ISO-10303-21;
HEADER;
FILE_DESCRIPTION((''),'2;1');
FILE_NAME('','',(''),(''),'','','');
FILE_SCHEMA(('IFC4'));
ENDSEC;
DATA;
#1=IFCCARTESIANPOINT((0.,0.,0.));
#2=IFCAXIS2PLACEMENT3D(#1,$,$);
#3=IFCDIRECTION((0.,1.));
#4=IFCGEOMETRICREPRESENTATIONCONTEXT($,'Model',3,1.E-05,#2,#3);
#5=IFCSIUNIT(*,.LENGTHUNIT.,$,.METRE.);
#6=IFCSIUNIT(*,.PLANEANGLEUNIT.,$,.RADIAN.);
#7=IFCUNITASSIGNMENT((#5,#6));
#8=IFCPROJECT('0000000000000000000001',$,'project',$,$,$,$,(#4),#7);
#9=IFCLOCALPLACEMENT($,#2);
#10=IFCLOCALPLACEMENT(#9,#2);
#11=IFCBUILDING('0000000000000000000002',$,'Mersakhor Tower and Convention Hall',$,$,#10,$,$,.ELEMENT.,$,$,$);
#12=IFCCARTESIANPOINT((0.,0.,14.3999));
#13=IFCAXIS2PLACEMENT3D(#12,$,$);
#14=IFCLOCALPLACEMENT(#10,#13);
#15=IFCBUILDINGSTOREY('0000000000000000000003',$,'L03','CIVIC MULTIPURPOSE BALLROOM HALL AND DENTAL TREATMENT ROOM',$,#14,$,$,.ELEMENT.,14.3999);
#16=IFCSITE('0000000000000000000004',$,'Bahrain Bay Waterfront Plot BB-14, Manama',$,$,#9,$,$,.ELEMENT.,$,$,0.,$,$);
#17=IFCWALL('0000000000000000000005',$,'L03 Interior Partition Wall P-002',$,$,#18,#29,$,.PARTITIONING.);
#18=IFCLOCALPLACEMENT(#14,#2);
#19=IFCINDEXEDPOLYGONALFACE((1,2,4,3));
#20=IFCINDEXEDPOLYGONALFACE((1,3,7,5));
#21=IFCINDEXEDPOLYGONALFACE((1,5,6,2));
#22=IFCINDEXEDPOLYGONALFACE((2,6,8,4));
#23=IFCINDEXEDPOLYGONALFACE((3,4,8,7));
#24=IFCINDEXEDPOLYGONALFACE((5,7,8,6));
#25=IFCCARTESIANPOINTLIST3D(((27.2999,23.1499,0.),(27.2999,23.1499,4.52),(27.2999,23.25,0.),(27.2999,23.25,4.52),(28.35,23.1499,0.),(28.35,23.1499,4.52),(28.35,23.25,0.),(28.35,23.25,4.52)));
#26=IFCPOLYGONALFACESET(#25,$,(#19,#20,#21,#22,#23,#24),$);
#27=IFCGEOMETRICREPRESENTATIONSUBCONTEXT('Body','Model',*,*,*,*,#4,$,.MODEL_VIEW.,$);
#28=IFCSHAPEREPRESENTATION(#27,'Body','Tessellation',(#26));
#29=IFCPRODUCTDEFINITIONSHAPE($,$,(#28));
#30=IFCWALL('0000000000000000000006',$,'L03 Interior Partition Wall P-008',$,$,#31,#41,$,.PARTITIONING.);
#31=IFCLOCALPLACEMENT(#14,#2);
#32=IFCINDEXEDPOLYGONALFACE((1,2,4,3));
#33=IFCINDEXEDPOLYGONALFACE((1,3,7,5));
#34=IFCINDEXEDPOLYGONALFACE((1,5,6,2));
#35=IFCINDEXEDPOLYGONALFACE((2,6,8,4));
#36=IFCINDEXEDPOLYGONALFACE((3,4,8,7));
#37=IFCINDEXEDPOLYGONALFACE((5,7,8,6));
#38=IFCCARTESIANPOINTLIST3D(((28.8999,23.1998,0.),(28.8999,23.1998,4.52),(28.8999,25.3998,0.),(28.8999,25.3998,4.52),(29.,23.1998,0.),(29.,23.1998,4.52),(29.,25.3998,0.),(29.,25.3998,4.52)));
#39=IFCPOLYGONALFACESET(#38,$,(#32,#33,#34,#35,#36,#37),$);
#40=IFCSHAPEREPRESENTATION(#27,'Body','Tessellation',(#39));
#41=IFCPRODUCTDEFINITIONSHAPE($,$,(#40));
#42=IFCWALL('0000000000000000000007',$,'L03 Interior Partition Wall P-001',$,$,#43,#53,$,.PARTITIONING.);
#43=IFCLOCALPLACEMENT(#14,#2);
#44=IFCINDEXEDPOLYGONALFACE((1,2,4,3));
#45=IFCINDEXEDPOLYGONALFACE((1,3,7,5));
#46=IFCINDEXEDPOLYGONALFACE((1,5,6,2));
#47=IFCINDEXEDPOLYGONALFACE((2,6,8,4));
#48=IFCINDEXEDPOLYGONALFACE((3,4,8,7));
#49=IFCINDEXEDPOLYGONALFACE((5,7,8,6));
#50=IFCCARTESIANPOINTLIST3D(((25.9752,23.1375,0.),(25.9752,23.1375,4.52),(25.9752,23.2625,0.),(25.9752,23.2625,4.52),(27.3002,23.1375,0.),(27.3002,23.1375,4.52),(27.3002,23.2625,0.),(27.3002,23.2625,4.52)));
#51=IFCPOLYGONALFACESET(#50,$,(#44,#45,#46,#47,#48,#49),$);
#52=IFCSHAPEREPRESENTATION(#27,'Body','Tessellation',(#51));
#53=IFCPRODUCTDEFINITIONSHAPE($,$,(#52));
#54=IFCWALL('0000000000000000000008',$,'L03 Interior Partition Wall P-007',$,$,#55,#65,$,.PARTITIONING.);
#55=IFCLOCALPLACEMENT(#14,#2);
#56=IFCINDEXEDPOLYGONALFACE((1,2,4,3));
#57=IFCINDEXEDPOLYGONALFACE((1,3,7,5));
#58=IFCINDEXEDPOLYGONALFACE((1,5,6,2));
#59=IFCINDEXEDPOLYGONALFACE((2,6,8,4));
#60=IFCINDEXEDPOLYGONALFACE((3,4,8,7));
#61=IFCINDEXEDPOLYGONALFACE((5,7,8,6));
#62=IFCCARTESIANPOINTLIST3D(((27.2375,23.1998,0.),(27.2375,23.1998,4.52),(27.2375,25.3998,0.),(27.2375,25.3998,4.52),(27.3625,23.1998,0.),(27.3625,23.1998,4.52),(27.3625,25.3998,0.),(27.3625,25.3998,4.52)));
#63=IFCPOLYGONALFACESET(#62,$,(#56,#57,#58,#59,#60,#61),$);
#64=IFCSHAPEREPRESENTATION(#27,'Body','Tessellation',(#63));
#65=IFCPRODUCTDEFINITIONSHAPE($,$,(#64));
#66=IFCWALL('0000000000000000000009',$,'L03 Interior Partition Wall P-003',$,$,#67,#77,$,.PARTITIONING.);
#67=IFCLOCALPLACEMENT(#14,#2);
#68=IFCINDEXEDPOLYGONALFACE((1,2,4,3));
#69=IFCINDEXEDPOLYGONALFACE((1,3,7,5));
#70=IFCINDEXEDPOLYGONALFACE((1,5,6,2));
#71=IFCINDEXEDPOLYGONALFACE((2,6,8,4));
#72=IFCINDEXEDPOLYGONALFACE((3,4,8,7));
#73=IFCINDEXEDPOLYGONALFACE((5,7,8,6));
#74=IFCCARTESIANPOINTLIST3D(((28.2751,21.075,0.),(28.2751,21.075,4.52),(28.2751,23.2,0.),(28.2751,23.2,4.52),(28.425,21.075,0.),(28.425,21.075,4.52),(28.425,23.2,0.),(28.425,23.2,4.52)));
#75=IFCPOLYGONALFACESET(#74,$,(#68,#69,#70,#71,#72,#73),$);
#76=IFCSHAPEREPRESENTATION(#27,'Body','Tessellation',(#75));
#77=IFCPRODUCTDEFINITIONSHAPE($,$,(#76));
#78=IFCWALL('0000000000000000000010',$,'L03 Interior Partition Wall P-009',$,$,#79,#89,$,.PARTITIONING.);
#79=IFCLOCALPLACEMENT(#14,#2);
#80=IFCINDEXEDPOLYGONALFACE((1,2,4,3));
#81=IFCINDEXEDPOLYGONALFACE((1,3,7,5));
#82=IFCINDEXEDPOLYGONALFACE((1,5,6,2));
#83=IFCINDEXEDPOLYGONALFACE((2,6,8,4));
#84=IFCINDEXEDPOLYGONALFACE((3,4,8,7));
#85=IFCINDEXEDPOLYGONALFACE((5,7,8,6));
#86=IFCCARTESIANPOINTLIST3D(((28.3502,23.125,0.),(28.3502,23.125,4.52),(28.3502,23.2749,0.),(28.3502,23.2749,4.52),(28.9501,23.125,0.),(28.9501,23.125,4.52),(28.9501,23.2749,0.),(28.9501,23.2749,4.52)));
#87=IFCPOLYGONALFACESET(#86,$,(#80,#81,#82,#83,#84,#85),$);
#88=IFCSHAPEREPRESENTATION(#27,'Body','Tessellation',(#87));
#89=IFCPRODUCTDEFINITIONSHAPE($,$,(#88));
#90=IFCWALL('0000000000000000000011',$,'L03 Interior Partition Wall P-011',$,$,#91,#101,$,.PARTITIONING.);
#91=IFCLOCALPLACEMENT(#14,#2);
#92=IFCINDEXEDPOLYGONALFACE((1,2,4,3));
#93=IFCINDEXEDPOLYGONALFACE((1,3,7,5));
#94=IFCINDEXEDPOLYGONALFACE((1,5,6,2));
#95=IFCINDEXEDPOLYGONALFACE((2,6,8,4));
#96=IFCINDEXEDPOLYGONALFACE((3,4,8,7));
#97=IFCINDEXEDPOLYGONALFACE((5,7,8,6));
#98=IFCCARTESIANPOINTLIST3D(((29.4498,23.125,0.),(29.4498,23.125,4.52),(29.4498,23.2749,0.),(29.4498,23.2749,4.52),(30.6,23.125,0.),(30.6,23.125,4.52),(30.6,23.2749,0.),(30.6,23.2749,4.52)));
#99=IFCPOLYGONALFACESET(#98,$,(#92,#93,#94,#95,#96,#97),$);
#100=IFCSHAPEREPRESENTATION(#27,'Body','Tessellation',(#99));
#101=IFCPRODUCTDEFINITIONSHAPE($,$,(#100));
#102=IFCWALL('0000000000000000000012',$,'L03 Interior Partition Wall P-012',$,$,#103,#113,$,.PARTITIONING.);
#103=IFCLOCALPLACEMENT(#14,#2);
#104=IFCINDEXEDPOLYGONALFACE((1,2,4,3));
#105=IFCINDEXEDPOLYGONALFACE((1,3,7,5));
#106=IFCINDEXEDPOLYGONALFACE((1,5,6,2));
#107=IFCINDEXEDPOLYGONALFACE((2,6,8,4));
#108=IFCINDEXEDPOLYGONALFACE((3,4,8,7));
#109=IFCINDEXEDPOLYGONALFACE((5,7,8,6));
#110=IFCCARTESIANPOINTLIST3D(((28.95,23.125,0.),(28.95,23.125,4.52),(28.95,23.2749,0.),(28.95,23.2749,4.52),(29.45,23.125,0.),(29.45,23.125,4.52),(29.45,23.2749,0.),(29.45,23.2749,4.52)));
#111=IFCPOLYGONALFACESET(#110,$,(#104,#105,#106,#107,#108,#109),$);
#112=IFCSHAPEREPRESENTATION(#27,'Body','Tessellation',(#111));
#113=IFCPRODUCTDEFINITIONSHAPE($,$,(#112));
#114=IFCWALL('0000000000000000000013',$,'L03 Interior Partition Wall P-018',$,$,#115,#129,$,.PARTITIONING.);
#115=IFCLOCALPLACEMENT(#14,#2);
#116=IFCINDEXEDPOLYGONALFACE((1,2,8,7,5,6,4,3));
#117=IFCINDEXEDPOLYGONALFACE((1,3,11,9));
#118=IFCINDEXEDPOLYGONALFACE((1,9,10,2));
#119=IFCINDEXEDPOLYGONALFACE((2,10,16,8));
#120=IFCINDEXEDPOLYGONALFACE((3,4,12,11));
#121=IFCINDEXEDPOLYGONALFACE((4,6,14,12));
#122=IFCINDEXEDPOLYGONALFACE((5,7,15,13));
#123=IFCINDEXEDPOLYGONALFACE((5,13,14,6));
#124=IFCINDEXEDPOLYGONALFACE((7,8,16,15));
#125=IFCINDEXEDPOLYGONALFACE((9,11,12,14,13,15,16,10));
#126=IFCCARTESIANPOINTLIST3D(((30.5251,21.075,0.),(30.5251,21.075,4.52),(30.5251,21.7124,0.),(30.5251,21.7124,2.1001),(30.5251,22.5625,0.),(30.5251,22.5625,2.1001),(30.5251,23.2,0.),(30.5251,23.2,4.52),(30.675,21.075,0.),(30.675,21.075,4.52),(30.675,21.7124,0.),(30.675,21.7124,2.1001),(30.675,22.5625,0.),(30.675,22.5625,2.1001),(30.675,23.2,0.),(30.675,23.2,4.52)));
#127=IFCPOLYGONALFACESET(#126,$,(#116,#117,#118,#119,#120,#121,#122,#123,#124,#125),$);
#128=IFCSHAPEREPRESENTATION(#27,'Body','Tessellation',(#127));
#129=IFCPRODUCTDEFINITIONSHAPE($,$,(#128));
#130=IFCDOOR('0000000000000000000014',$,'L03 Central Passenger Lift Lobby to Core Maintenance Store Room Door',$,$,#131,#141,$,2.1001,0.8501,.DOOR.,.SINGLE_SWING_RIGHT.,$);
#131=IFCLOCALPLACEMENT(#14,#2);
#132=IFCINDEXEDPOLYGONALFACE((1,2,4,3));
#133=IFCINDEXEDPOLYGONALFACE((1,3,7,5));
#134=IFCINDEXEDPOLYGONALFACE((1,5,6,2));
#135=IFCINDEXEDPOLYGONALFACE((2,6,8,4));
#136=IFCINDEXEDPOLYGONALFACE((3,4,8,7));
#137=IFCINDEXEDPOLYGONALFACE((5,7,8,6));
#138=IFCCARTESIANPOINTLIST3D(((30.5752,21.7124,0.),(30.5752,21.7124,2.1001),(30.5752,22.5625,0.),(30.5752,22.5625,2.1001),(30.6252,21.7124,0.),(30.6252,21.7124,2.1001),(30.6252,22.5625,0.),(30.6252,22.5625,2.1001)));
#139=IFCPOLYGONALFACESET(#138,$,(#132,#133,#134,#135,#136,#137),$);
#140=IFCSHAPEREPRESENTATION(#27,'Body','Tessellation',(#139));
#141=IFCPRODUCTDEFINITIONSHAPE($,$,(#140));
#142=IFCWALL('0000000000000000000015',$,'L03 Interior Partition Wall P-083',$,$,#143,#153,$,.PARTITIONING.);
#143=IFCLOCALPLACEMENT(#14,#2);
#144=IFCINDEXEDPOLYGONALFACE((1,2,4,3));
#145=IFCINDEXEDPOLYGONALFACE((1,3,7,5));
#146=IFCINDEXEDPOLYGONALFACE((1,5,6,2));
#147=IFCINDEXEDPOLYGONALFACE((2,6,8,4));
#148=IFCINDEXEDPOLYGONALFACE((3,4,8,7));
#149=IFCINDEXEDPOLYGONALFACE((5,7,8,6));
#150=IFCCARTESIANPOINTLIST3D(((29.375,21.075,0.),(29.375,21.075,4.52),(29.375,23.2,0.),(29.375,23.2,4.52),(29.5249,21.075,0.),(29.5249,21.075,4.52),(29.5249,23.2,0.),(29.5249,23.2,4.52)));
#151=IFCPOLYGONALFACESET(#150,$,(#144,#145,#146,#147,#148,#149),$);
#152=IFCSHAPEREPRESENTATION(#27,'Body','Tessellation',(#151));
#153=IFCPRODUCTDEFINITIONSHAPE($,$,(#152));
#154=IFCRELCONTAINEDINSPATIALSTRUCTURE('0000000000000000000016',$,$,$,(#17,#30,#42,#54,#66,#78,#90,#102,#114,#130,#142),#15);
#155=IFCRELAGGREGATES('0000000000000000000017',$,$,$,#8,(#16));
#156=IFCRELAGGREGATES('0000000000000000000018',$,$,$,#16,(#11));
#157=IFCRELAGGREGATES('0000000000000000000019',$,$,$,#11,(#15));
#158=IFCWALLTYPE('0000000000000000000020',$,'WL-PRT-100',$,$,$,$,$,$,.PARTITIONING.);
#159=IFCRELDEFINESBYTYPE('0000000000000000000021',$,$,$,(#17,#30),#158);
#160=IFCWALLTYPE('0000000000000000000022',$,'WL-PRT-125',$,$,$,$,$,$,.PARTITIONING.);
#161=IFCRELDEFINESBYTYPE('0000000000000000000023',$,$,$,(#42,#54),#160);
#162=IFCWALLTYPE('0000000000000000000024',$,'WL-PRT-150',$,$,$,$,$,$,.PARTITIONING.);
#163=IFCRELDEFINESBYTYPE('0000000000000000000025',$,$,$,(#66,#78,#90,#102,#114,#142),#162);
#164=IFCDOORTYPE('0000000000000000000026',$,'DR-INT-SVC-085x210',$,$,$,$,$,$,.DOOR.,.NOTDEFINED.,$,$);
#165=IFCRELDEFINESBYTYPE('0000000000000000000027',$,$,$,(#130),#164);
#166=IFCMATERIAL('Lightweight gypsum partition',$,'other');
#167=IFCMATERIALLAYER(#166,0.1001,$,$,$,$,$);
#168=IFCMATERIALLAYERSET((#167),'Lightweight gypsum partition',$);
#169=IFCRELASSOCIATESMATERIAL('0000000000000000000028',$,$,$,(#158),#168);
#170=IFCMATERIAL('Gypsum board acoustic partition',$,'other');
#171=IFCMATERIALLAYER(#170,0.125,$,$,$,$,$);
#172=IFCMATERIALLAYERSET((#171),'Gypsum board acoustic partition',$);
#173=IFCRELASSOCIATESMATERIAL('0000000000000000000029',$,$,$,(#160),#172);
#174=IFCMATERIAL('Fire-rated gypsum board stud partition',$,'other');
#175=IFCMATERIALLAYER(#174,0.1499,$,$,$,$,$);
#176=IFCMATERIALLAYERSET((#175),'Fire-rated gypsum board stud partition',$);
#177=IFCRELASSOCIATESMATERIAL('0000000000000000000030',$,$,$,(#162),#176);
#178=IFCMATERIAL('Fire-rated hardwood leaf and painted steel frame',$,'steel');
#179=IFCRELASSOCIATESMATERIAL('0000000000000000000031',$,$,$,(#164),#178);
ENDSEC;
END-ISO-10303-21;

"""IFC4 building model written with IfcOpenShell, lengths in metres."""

from ifc_helpers import new_model, si_unit, direction, frame, frame_2d, origin, place, context, subcontext, project, spatial, rectangle, extrude, material, layer, layer_set, type_object, element, fill, save


model = new_model("IFC4")

# Units and contexts
model_context = context("Model", 3, precision=1e-05, world=origin(), true_north=direction((0.0, 1.0)))
body_context = subcontext(model_context, "Body", "Model", "MODEL_VIEW")
ifc_project = project(units=[si_unit("LENGTHUNIT", "METRE"), si_unit("PLANEANGLEUNIT", "RADIAN")], contexts=[model_context])

# Site, building, storey
site_placement = place(None, origin())
site = spatial("IfcSite", under=ifc_project, at=site_placement, Name="Bahrain Bay Waterfront Plot BB-14, Manama", CompositionType="ELEMENT", RefElevation=0.0)
building_placement = place(site_placement, origin())
building = spatial("IfcBuilding", under=site, at=building_placement, Name="Mersakhor Tower and Convention Hall", CompositionType="ELEMENT")
storey_placement = place(building_placement, frame((0.0, 0.0, 14.3999)))
storey = spatial("IfcBuildingStorey", under=building, at=storey_placement, Name="L03", Description="CIVIC MULTIPURPOSE BALLROOM HALL AND DENTAL TREATMENT ROOM", CompositionType="ELEMENT", Elevation=14.3999)

# Walls
ifc_material_1 = material(Name="Lightweight gypsum partition", Category="other")
ifc_layer_1 = layer(ifc_material_1, 0.1001)
ifc_layer_set_1 = layer_set([ifc_layer_1], Name="Lightweight gypsum partition")
wall_type_1 = type_object("IfcWallType", Name="WL-PRT-100", PredefinedType="PARTITIONING", material=ifc_layer_set_1)
wall_1_placement = place(storey_placement, frame((27.3, 23.2, 0.0), z_axis=(0.0, 0.0, 1.0), x_axis=(1.0, 0.0, 0.0)))
element("IfcWall", 1, at=wall_1_placement, inside=storey, type_object=wall_type_1, Name="L03 Interior Partition Wall P-002", PredefinedType="PARTITIONING", context=body_context, shape_type="SweptSolid", body=[
    extrude(rectangle(XDim=1.05, YDim=0.1001, at=frame_2d((0.5249, 0.0))), origin(), (0.0, 0.0, 1.0), 4.52),
])
wall_2_placement = place(storey_placement, frame((28.95, 25.3999, 0.0), z_axis=(0.0, 0.0, 1.0), x_axis=(0.0, -1.0, 0.0)))
element("IfcWall", 2, at=wall_2_placement, inside=storey, type_object=wall_type_1, Name="L03 Interior Partition Wall P-008", PredefinedType="PARTITIONING", context=body_context, shape_type="SweptSolid", body=[
    extrude(rectangle(XDim=2.2, YDim=0.1001, at=frame_2d((1.1001, 0.0))), origin(), (0.0, 0.0, 1.0), 4.52),
])
ifc_material_2 = material(Name="Gypsum board acoustic partition", Category="other")
ifc_layer_2 = layer(ifc_material_2, 0.125)
ifc_layer_set_2 = layer_set([ifc_layer_2], Name="Gypsum board acoustic partition")
wall_type_2 = type_object("IfcWallType", Name="WL-PRT-125", PredefinedType="PARTITIONING", material=ifc_layer_set_2)
wall_3_placement = place(storey_placement, frame((25.9751, 23.2, 0.0), z_axis=(0.0, 0.0, 1.0), x_axis=(1.0, 0.0, 0.0)))
element("IfcWall", 3, at=wall_3_placement, inside=storey, type_object=wall_type_2, Name="L03 Interior Partition Wall P-001", PredefinedType="PARTITIONING", context=body_context, shape_type="SweptSolid", body=[
    extrude(rectangle(XDim=1.325, YDim=0.125, at=frame_2d((0.6626, 0.0))), origin(), (0.0, 0.0, 1.0), 4.52),
])
wall_4_placement = place(storey_placement, frame((27.3, 25.3999, 0.0), z_axis=(0.0, 0.0, 1.0), x_axis=(0.0, -1.0, 0.0)))
element("IfcWall", 4, at=wall_4_placement, inside=storey, type_object=wall_type_2, Name="L03 Interior Partition Wall P-007", PredefinedType="PARTITIONING", context=body_context, shape_type="SweptSolid", body=[
    extrude(rectangle(XDim=2.2, YDim=0.125, at=frame_2d((1.1001, 0.0))), origin(), (0.0, 0.0, 1.0), 4.52),
])
ifc_material_3 = material(Name="Fire-rated gypsum board stud partition", Category="other")
ifc_layer_3 = layer(ifc_material_3, 0.1499)
ifc_layer_set_3 = layer_set([ifc_layer_3], Name="Fire-rated gypsum board stud partition")
wall_type_3 = type_object("IfcWallType", Name="WL-PRT-150", PredefinedType="PARTITIONING", material=ifc_layer_set_3)
wall_5_placement = place(storey_placement, frame((28.3501, 23.2, 0.0), z_axis=(0.0, 0.0, 1.0), x_axis=(0.0, -1.0, 0.0)))
element("IfcWall", 5, at=wall_5_placement, inside=storey, type_object=wall_type_3, Name="L03 Interior Partition Wall P-003", PredefinedType="PARTITIONING", context=body_context, shape_type="SweptSolid", body=[
    extrude(rectangle(XDim=2.125, YDim=0.1499, at=frame_2d((1.0625, 0.0))), origin(), (0.0, 0.0, 1.0), 4.52),
])
wall_6_placement = place(storey_placement, frame((28.95, 23.2, 0.0), z_axis=(0.0, 0.0, 1.0), x_axis=(-1.0, 0.0, 0.0)))
element("IfcWall", 6, at=wall_6_placement, inside=storey, type_object=wall_type_3, Name="L03 Interior Partition Wall P-009", PredefinedType="PARTITIONING", context=body_context, shape_type="SweptSolid", body=[
    extrude(rectangle(XDim=0.5999, YDim=0.1499, at=frame_2d((0.2998, 0.0))), origin(), (0.0, 0.0, 1.0), 4.52),
])
wall_7_placement = place(storey_placement, frame((30.6001, 23.2, 0.0), z_axis=(0.0, 0.0, 1.0), x_axis=(-1.0, 0.0, 0.0)))
element("IfcWall", 7, at=wall_7_placement, inside=storey, type_object=wall_type_3, Name="L03 Interior Partition Wall P-011", PredefinedType="PARTITIONING", context=body_context, shape_type="SweptSolid", body=[
    extrude(rectangle(XDim=1.1501, YDim=0.1499, at=frame_2d((0.5752, 0.0))), origin(), (0.0, 0.0, 1.0), 4.52),
])
wall_8_placement = place(storey_placement, frame((29.45, 23.2, 0.0), z_axis=(0.0, 0.0, 1.0), x_axis=(-1.0, 0.0, 0.0)))
element("IfcWall", 8, at=wall_8_placement, inside=storey, type_object=wall_type_3, Name="L03 Interior Partition Wall P-012", PredefinedType="PARTITIONING", context=body_context, shape_type="SweptSolid", body=[
    extrude(rectangle(XDim=0.5, YDim=0.1499, at=frame_2d((0.25, 0.0))), origin(), (0.0, 0.0, 1.0), 4.52),
])

# Wall, opening, door
wall_9_placement = place(storey_placement, frame((30.6001, 21.075, 0.0), z_axis=(0.0, 0.0, 1.0), x_axis=(0.0, 1.0, 0.0)))
wall_9 = element("IfcWall", 9, at=wall_9_placement, inside=storey, type_object=wall_type_3, Name="L03 Interior Partition Wall P-018", PredefinedType="PARTITIONING", context=body_context, shape_type="SweptSolid", body=[
    extrude(rectangle(XDim=2.125, YDim=0.1499, at=frame_2d((1.0625, 0.0))), origin(), (0.0, 0.0, 1.0), 4.52),
])
opening_1_placement = place(wall_9_placement, frame((0.6375, 0.0, 0.0)))
opening_1 = element("IfcOpeningElement", 10, at=opening_1_placement, cuts=wall_9, PredefinedType="OPENING", context=body_context, shape_type="SweptSolid", body=[
    extrude(rectangle(XDim=0.8501, YDim=2.1001, at=frame_2d((0.425, 1.05))), frame((0.0, 0.085, 0.0), z_axis=(0.0, -1.0, 0.0), x_axis=(1.0, 0.0, 0.0)), (0.0, 0.0, 1.0), 0.1699),
])
ifc_material_4 = material(Name="Fire-rated hardwood leaf and painted steel frame", Category="steel")
door_type_1 = type_object("IfcDoorType", Name="DR-INT-SVC-085x210", OperationType="NOTDEFINED", PredefinedType="DOOR", material=ifc_material_4)
door_1_placement = place(opening_1_placement, origin())
door_1 = element("IfcDoor", 11, at=door_1_placement, inside=storey, type_object=door_type_1, Name="L03 Central Passenger Lift Lobby to Core Maintenance Store Room Door", OperationType="SINGLE_SWING_RIGHT", OverallHeight=2.1001, OverallWidth=0.8501, PredefinedType="DOOR", context=body_context, shape_type="SweptSolid", body=[
    extrude(rectangle(XDim=0.8501, YDim=2.1001, at=frame_2d((0.425, 1.05))), frame((0.0, 0.0249, 0.0), z_axis=(0.0, -1.0, 0.0), x_axis=(1.0, 0.0, 0.0)), (0.0, 0.0, 1.0), 0.05),
])
fill(opening_1, door_1)

# Wall
wall_10_placement = place(storey_placement, frame((29.45, 23.2, 0.0), z_axis=(0.0, 0.0, 1.0), x_axis=(0.0, -1.0, 0.0)))
element("IfcWall", 12, at=wall_10_placement, inside=storey, type_object=wall_type_3, Name="L03 Interior Partition Wall P-083", PredefinedType="PARTITIONING", context=body_context, shape_type="SweptSolid", body=[
    extrude(rectangle(XDim=2.125, YDim=0.1499, at=frame_2d((1.0625, 0.0))), origin(), (0.0, 0.0, 1.0), 4.52),
])

save(model, "model.ifc")
